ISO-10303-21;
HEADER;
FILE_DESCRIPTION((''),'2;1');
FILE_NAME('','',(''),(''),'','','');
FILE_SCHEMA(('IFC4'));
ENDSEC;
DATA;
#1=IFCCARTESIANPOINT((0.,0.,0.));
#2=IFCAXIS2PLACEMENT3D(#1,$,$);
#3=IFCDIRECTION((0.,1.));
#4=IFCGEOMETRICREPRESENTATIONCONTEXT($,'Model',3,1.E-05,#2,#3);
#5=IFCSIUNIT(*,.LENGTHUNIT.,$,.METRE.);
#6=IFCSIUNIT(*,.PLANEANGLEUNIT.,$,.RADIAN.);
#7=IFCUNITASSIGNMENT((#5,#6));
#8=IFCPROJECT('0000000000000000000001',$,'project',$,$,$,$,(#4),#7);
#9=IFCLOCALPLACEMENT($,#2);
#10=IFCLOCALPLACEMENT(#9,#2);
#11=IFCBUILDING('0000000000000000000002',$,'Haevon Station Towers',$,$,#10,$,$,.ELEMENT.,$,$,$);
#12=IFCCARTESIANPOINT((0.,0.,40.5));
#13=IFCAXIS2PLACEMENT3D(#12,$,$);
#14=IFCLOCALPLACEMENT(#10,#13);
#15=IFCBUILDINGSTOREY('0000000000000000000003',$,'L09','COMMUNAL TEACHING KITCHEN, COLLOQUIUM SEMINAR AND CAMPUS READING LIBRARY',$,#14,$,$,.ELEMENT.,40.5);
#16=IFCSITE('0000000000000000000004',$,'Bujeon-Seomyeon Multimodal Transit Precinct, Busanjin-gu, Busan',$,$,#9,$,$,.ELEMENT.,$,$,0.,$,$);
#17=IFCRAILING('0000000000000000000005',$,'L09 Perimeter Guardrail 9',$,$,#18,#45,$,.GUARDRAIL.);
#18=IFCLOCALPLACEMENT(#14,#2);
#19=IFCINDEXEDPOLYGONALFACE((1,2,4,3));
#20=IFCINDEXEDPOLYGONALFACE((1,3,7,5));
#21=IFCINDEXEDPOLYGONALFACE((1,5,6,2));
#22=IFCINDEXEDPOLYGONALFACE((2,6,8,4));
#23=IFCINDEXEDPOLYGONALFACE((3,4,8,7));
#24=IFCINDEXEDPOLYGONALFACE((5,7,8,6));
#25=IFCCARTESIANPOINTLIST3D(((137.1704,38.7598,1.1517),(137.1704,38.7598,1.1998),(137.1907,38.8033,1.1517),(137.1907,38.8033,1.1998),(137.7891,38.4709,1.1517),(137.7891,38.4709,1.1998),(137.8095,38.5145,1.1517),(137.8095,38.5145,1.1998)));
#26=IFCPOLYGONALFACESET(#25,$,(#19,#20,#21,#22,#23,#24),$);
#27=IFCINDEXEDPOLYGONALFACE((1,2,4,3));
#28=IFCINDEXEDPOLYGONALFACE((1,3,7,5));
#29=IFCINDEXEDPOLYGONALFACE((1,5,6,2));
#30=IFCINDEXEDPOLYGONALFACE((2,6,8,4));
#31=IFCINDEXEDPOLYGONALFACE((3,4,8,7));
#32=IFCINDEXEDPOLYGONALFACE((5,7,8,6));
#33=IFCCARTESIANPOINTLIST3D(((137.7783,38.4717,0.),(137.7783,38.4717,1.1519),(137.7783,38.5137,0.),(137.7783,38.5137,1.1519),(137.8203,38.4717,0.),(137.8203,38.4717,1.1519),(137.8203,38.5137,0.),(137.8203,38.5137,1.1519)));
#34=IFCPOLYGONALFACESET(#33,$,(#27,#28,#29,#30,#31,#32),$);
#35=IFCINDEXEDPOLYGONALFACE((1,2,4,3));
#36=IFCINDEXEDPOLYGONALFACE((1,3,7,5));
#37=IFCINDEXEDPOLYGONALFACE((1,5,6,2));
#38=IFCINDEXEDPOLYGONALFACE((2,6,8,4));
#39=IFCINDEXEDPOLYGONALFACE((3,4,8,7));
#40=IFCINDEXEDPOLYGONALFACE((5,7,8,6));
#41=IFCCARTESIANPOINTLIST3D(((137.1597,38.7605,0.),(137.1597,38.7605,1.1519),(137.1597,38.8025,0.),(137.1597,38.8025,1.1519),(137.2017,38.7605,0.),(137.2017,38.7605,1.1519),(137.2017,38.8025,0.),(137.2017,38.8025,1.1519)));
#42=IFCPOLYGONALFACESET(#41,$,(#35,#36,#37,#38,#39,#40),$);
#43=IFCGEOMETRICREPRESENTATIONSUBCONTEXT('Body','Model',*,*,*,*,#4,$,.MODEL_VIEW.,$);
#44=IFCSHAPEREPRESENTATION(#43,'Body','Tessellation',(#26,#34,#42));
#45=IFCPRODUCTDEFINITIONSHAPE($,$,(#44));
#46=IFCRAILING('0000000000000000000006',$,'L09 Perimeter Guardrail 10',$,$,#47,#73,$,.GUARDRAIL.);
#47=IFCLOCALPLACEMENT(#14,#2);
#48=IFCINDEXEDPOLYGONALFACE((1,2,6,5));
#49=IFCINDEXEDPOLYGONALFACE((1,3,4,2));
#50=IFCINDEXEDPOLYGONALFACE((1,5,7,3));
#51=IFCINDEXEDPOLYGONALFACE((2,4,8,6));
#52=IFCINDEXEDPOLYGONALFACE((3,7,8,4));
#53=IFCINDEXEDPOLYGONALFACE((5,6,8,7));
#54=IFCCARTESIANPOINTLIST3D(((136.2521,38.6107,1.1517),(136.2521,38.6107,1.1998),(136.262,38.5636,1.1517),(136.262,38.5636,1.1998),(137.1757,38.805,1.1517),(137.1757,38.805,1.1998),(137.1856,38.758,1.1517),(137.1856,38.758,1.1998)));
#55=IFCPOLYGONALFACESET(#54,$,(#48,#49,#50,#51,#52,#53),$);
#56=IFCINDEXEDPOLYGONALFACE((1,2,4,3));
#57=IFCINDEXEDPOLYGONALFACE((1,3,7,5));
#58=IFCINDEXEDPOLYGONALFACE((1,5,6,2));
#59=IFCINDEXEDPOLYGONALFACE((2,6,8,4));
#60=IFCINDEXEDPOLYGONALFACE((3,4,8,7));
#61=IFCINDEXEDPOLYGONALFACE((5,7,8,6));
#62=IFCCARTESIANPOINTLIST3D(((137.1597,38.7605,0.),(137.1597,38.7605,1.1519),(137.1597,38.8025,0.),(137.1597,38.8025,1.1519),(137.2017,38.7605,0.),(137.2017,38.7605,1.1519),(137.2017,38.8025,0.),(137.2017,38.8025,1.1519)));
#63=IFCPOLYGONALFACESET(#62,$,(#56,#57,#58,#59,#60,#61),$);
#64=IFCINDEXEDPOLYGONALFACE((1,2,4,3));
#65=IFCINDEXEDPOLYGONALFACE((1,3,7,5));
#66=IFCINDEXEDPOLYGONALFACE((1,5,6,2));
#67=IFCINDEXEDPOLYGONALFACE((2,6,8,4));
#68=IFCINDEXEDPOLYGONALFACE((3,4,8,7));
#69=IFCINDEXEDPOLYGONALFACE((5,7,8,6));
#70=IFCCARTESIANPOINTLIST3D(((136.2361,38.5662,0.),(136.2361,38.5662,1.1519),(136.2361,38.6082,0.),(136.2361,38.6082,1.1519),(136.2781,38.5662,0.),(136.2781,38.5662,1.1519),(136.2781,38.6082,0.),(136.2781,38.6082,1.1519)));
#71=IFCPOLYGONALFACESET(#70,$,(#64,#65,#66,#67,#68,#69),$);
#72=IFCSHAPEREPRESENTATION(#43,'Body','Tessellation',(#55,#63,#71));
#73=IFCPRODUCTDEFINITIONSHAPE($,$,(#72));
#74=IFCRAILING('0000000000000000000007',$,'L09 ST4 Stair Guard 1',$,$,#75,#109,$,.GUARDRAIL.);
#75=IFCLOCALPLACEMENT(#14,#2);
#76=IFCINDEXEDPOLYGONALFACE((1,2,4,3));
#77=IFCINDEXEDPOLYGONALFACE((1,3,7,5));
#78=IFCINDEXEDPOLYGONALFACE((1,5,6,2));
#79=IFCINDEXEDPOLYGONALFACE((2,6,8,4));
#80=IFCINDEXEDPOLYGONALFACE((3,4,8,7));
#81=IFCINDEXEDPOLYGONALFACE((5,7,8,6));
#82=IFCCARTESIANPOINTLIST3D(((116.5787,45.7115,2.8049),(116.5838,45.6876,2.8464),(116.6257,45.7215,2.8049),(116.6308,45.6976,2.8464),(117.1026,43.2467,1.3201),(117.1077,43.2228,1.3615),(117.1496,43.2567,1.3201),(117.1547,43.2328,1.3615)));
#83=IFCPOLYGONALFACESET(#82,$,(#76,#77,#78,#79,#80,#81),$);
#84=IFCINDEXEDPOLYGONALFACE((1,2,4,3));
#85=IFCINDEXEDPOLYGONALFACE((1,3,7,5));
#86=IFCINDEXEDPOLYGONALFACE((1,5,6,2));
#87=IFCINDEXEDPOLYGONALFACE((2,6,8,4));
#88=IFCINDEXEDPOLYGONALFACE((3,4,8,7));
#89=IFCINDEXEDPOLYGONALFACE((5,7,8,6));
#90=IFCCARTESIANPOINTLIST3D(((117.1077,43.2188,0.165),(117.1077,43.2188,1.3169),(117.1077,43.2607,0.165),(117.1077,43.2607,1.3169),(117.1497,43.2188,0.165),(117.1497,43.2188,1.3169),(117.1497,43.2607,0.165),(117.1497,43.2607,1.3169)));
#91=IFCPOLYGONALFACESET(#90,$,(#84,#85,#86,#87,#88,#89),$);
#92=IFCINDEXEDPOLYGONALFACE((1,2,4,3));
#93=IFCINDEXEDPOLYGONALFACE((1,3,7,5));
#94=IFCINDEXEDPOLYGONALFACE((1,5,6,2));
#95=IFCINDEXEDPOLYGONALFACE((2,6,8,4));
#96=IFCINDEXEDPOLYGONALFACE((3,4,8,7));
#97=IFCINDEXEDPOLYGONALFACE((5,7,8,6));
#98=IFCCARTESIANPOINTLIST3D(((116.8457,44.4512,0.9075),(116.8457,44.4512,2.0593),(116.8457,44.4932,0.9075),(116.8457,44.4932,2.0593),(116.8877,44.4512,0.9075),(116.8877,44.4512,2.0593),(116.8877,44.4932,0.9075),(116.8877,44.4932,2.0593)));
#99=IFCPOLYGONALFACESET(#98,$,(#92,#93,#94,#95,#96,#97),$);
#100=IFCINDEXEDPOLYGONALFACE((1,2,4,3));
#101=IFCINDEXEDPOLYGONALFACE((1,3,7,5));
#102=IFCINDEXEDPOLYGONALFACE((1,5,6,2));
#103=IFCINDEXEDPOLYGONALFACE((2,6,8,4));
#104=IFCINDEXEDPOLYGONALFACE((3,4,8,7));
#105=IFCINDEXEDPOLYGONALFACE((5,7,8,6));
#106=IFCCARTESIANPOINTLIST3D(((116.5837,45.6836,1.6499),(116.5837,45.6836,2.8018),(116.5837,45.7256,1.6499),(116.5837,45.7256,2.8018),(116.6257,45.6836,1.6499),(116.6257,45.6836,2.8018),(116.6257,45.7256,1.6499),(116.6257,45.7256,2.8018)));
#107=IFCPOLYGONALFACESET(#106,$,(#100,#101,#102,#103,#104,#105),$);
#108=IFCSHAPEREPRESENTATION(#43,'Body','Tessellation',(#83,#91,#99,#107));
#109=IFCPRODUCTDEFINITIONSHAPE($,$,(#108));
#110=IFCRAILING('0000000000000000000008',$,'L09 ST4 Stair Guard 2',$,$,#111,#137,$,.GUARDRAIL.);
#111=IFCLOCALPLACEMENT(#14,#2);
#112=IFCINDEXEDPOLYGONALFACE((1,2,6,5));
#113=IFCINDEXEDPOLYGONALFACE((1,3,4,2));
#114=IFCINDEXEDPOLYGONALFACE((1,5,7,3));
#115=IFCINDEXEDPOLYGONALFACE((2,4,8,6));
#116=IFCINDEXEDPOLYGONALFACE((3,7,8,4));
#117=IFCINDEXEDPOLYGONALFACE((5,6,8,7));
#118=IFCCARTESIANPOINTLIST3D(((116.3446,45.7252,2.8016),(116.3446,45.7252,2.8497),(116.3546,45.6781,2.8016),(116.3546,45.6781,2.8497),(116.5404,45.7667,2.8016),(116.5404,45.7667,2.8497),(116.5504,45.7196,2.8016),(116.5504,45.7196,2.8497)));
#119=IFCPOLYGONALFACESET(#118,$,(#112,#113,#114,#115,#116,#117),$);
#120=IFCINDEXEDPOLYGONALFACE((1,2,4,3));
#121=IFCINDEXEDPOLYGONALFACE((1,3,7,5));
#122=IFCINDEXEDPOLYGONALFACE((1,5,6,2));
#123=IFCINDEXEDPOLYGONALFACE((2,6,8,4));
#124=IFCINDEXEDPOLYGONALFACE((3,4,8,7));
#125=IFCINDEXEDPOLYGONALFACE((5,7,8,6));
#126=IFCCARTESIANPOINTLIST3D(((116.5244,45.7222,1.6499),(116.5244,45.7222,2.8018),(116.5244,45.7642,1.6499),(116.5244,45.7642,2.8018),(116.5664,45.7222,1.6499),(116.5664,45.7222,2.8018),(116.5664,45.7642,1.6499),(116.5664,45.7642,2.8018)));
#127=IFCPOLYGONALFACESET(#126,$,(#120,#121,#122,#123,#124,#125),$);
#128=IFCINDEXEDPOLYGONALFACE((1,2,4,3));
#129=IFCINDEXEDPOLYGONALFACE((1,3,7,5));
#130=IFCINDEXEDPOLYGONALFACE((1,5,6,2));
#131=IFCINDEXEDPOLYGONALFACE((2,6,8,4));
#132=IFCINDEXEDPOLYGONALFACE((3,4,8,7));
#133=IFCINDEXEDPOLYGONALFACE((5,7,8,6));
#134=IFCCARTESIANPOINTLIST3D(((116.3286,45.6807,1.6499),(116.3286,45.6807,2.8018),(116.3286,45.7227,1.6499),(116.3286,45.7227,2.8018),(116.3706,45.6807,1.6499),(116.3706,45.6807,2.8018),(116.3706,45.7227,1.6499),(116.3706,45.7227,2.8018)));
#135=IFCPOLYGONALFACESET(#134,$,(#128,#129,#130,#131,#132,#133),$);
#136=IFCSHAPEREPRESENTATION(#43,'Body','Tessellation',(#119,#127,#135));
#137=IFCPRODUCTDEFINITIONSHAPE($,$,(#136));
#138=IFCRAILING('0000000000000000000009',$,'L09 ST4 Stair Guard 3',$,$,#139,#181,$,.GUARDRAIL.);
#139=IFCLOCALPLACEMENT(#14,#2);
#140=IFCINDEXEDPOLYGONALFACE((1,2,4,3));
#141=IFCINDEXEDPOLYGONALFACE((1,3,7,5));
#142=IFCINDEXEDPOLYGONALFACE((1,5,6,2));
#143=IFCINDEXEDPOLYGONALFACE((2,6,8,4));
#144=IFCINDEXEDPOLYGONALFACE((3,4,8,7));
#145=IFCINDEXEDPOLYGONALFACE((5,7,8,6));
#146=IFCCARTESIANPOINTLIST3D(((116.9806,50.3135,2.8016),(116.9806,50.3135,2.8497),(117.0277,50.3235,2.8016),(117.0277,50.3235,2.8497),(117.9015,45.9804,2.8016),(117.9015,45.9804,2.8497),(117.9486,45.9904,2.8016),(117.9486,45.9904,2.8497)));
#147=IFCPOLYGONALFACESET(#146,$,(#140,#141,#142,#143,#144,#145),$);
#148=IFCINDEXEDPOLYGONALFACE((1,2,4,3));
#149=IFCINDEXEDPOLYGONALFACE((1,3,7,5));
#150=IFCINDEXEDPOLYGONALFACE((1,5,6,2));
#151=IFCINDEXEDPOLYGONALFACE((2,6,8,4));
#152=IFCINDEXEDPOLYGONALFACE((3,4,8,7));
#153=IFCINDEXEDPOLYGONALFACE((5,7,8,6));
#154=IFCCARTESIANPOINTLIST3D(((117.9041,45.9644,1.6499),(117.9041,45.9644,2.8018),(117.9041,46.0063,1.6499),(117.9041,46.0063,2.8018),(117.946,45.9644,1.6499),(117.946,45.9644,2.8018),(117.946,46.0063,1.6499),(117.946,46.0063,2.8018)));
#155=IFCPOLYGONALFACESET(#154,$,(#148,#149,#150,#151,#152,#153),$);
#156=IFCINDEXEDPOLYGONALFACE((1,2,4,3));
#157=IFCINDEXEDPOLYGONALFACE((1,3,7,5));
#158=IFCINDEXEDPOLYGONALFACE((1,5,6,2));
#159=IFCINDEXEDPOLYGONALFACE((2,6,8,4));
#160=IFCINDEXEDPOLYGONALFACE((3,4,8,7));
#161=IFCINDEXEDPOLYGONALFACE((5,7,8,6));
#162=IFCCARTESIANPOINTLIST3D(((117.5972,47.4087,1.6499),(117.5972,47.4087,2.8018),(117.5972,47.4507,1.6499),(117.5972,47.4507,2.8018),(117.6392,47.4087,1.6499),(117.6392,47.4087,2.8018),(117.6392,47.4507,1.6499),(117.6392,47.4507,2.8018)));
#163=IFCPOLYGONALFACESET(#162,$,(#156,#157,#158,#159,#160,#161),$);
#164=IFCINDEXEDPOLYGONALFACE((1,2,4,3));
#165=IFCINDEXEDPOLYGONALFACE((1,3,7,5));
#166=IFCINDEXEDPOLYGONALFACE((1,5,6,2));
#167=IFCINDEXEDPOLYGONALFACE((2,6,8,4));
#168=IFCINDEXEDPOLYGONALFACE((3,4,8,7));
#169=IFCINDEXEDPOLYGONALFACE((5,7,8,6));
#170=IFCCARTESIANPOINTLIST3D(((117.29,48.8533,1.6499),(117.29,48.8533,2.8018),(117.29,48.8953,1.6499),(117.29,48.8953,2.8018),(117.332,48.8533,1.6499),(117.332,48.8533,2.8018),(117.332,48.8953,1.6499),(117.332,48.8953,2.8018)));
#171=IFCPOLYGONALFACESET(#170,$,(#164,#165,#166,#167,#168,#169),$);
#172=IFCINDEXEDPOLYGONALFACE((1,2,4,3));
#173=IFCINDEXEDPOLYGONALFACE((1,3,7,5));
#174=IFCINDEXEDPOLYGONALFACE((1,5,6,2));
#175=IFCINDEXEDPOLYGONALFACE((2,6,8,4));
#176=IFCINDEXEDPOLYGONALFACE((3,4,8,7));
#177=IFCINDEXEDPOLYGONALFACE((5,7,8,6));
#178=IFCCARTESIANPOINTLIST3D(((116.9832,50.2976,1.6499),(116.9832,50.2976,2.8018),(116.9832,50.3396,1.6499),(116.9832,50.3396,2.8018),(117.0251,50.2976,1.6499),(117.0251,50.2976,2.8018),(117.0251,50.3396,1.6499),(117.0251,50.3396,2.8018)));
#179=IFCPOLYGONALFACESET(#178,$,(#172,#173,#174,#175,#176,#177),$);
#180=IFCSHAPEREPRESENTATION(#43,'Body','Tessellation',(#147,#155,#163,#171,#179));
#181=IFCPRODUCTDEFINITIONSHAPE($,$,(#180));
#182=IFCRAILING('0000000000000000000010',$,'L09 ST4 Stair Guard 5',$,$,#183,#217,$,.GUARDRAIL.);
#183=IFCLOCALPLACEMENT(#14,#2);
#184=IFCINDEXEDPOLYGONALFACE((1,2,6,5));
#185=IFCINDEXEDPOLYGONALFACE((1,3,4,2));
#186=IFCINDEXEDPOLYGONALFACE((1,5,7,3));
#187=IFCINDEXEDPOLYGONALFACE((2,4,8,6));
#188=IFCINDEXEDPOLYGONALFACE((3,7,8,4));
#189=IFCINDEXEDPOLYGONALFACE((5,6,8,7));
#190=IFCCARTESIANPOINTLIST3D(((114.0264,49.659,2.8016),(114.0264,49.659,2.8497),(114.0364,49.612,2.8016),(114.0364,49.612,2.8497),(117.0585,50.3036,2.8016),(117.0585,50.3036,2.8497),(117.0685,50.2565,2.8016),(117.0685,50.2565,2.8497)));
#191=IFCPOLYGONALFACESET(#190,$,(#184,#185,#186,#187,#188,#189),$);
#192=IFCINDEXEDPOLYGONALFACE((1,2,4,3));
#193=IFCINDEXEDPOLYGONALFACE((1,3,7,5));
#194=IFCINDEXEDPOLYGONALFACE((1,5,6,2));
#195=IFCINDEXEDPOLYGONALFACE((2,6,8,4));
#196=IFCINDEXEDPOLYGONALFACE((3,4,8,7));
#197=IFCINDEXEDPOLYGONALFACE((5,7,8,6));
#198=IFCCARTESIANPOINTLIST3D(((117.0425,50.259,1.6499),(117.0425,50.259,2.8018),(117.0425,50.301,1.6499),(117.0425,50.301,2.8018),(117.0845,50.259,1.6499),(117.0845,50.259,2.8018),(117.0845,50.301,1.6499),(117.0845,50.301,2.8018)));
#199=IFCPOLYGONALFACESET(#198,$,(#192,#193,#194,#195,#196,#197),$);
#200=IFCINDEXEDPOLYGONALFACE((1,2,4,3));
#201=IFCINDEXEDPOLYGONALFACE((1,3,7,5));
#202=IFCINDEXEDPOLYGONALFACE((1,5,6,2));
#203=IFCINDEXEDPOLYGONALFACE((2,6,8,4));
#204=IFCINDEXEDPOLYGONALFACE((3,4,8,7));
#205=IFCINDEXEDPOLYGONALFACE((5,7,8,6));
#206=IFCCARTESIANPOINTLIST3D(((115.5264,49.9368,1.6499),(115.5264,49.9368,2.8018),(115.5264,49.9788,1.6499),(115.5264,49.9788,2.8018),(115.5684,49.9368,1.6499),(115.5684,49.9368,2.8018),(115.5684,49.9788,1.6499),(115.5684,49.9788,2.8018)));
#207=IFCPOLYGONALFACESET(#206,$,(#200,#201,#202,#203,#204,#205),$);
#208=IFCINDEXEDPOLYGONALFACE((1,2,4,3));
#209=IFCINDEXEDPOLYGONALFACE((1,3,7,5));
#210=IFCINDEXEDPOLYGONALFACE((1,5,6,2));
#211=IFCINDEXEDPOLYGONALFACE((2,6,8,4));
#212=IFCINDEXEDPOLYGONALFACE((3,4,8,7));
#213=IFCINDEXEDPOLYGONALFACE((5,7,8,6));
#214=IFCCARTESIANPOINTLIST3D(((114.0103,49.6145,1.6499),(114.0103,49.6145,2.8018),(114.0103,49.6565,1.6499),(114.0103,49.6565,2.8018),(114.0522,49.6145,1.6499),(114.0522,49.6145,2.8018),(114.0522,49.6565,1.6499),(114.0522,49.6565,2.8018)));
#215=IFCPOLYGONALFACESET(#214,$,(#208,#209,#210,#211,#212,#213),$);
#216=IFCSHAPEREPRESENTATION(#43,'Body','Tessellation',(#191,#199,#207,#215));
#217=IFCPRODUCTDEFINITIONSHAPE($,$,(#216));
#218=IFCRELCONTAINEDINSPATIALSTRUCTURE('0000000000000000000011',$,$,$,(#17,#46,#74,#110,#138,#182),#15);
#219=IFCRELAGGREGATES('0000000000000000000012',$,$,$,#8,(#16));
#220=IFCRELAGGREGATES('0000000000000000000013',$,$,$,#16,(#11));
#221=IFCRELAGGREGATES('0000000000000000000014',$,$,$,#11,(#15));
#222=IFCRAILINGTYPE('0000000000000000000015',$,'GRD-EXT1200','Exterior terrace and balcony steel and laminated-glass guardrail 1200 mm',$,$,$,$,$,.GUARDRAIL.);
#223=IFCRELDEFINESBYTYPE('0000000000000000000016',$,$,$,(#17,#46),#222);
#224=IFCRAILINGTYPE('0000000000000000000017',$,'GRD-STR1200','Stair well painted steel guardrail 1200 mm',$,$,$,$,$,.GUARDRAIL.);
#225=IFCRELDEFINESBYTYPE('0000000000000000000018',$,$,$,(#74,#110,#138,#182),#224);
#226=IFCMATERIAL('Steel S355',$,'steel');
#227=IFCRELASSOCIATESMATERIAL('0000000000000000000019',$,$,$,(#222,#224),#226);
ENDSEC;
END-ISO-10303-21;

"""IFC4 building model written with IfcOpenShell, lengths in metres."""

from ifc_helpers import new_model, si_unit, direction, frame, origin, origin_2d, place, context, subcontext, project, spatial, rectangle, extrude, material, type_object, element, save


model = new_model("IFC4")

# Units and contexts
model_context = context("Model", 3, precision=1e-05, world=origin(), true_north=direction((0.0, 1.0)))
body_context = subcontext(model_context, "Body", "Model", "MODEL_VIEW")
ifc_project = project(units=[si_unit("LENGTHUNIT", "METRE"), si_unit("PLANEANGLEUNIT", "RADIAN")], contexts=[model_context])

# Site, building, storey
site_placement = place(None, origin())
site = spatial("IfcSite", under=ifc_project, at=site_placement, Name="Bujeon-Seomyeon Multimodal Transit Precinct, Busanjin-gu, Busan", CompositionType="ELEMENT", RefElevation=0.0)
building_placement = place(site_placement, origin())
building = spatial("IfcBuilding", under=site, at=building_placement, Name="Haevon Station Towers", CompositionType="ELEMENT")
storey_placement = place(building_placement, frame((0.0, 0.0, 40.5)))
storey = spatial("IfcBuildingStorey", under=building, at=storey_placement, Name="L09", Description="COMMUNAL TEACHING KITCHEN, COLLOQUIUM SEMINAR AND CAMPUS READING LIBRARY", CompositionType="ELEMENT", Elevation=40.5)

# Shared definitions
ifc_material_1 = material(Name="Steel S355", Category="steel")

# Railings
railing_type_1 = type_object("IfcRailingType", Name="GRD-EXT1200", Description="Exterior terrace and balcony steel and laminated-glass guardrail 1200 mm", PredefinedType="GUARDRAIL", material=ifc_material_1)
railing_1_placement = place(storey_placement, frame((137.7993, 38.4927, 0.0)))
element("IfcRailing", 1, at=railing_1_placement, inside=storey, type_object=railing_type_1, Name="L09 Perimeter Guardrail 9", PredefinedType="GUARDRAIL", context=body_context, shape_type="SweptSolid", body=[
    extrude(rectangle(XDim=0.0481, YDim=0.0481, at=origin_2d()), frame((0.0, 0.0, 1.1758), z_axis=(-0.906119, 0.423022, 0.0), x_axis=(-0.423022, -0.906119, 0.0)), (0.0, 0.0, 1.0), 0.6829),
    extrude(rectangle(XDim=0.042, YDim=0.042, at=origin_2d()), origin(), (0.0, 0.0, 1.0), 1.1519),
    extrude(rectangle(XDim=0.042, YDim=0.042, at=origin_2d()), frame((-0.6187, 0.2888, 0.0)), (0.0, 0.0, 1.0), 1.1519),
])
railing_2_placement = place(storey_placement, frame((137.1807, 38.7815, 0.0)))
element("IfcRailing", 2, at=railing_2_placement, inside=storey, type_object=railing_type_1, Name="L09 Perimeter Guardrail 10", PredefinedType="GUARDRAIL", context=body_context, shape_type="SweptSolid", body=[
    extrude(rectangle(XDim=0.0481, YDim=0.0481, at=origin_2d()), frame((0.0, 0.0, 1.1758), z_axis=(-0.978572, -0.205906, 0.0), x_axis=(0.205906, -0.978572, 0.0)), (0.0, 0.0, 1.0), 0.9438),
    extrude(rectangle(XDim=0.042, YDim=0.042, at=origin_2d()), origin(), (0.0, 0.0, 1.0), 1.1519),
    extrude(rectangle(XDim=0.042, YDim=0.042, at=origin_2d()), frame((-0.9236, -0.1943, 0.0)), (0.0, 0.0, 1.0), 1.1519),
])
railing_type_2 = type_object("IfcRailingType", Name="GRD-STR1200", Description="Stair well painted steel guardrail 1200 mm", PredefinedType="GUARDRAIL", material=ifc_material_1)
railing_3_placement = place(storey_placement, frame((117.1287, 43.2397, 0.165)))
element("IfcRailing", 3, at=railing_3_placement, inside=storey, type_object=railing_type_2, Name="L09 ST4 Stair Guard 1", PredefinedType="GUARDRAIL", context=body_context, shape_type="SweptSolid", body=[
    extrude(rectangle(XDim=0.0481, YDim=0.0481, at=origin_2d()), frame((0.0, 0.0, 1.1758), z_axis=(-0.179129, 0.842724, 0.507671), x_axis=(-0.978147, -0.207914, 0.0)), (0.0, 0.0, 1.0), 2.9248),
    extrude(rectangle(XDim=0.042, YDim=0.042, at=origin_2d()), origin(), (0.0, 0.0, 1.0), 1.1519),
    extrude(rectangle(XDim=0.042, YDim=0.042, at=origin_2d()), frame((-0.262, 1.2324, 0.7424)), (0.0, 0.0, 1.0), 1.1519),
    extrude(rectangle(XDim=0.042, YDim=0.042, at=origin_2d()), frame((-0.5239, 2.4648, 1.4849)), (0.0, 0.0, 1.0), 1.1519),
])
railing_4_placement = place(storey_placement, frame((116.5454, 45.7432, 1.6499)))
element("IfcRailing", 4, at=railing_4_placement, inside=storey, type_object=railing_type_2, Name="L09 ST4 Stair Guard 2", PredefinedType="GUARDRAIL", context=body_context, shape_type="SweptSolid", body=[
    extrude(rectangle(XDim=0.0481, YDim=0.0481, at=origin_2d()), frame((0.0, 0.0, 1.1758), z_axis=(-0.978264, -0.207363, 0.0), x_axis=(0.207363, -0.978264, 0.0)), (0.0, 0.0, 1.0), 0.2002),
    extrude(rectangle(XDim=0.042, YDim=0.042, at=origin_2d()), origin(), (0.0, 0.0, 1.0), 1.1519),
    extrude(rectangle(XDim=0.042, YDim=0.042, at=origin_2d()), frame((-0.1958, -0.0415, 0.0)), (0.0, 0.0, 1.0), 1.1519),
])
railing_5_placement = place(storey_placement, frame((117.925, 45.9854, 1.6499)))
element("IfcRailing", 5, at=railing_5_placement, inside=storey, type_object=railing_type_2, Name="L09 ST4 Stair Guard 3", PredefinedType="GUARDRAIL", context=body_context, shape_type="SweptSolid", body=[
    extrude(rectangle(XDim=0.0481, YDim=0.0481, at=origin_2d()), frame((0.0, 0.0, 1.1758), z_axis=(-0.207877, 0.978155, 0.0), x_axis=(-0.978155, -0.207877, 0.0)), (0.0, 0.0, 1.0), 4.4299),
    extrude(rectangle(XDim=0.042, YDim=0.042, at=origin_2d()), origin(), (0.0, 0.0, 1.0), 1.1519),
    extrude(rectangle(XDim=0.042, YDim=0.042, at=origin_2d()), frame((-0.3069, 1.4443, 0.0)), (0.0, 0.0, 1.0), 1.1519),
    extrude(rectangle(XDim=0.042, YDim=0.042, at=origin_2d()), frame((-0.614, 2.8889, 0.0)), (0.0, 0.0, 1.0), 1.1519),
    extrude(rectangle(XDim=0.042, YDim=0.042, at=origin_2d()), frame((-0.9209, 4.3333, 0.0)), (0.0, 0.0, 1.0), 1.1519),
])
railing_6_placement = place(storey_placement, frame((117.0635, 50.28, 1.6499)))
element("IfcRailing", 6, at=railing_6_placement, inside=storey, type_object=railing_type_2, Name="L09 ST4 Stair Guard 5", PredefinedType="GUARDRAIL", context=body_context, shape_type="SweptSolid", body=[
    extrude(rectangle(XDim=0.0481, YDim=0.0481, at=origin_2d()), frame((0.0, 0.0, 1.1758), z_axis=(-0.978147, -0.207915, 0.0), x_axis=(0.207915, -0.978147, 0.0)), (0.0, 0.0, 1.0), 3.0999),
    extrude(rectangle(XDim=0.042, YDim=0.042, at=origin_2d()), origin(), (0.0, 0.0, 1.0), 1.1519),
    extrude(rectangle(XDim=0.042, YDim=0.042, at=origin_2d()), frame((-1.5161, -0.3223, 0.0)), (0.0, 0.0, 1.0), 1.1519),
    extrude(rectangle(XDim=0.042, YDim=0.042, at=origin_2d()), frame((-3.0322, -0.6445, 0.0)), (0.0, 0.0, 1.0), 1.1519),
])

save(model, "model.ifc")
